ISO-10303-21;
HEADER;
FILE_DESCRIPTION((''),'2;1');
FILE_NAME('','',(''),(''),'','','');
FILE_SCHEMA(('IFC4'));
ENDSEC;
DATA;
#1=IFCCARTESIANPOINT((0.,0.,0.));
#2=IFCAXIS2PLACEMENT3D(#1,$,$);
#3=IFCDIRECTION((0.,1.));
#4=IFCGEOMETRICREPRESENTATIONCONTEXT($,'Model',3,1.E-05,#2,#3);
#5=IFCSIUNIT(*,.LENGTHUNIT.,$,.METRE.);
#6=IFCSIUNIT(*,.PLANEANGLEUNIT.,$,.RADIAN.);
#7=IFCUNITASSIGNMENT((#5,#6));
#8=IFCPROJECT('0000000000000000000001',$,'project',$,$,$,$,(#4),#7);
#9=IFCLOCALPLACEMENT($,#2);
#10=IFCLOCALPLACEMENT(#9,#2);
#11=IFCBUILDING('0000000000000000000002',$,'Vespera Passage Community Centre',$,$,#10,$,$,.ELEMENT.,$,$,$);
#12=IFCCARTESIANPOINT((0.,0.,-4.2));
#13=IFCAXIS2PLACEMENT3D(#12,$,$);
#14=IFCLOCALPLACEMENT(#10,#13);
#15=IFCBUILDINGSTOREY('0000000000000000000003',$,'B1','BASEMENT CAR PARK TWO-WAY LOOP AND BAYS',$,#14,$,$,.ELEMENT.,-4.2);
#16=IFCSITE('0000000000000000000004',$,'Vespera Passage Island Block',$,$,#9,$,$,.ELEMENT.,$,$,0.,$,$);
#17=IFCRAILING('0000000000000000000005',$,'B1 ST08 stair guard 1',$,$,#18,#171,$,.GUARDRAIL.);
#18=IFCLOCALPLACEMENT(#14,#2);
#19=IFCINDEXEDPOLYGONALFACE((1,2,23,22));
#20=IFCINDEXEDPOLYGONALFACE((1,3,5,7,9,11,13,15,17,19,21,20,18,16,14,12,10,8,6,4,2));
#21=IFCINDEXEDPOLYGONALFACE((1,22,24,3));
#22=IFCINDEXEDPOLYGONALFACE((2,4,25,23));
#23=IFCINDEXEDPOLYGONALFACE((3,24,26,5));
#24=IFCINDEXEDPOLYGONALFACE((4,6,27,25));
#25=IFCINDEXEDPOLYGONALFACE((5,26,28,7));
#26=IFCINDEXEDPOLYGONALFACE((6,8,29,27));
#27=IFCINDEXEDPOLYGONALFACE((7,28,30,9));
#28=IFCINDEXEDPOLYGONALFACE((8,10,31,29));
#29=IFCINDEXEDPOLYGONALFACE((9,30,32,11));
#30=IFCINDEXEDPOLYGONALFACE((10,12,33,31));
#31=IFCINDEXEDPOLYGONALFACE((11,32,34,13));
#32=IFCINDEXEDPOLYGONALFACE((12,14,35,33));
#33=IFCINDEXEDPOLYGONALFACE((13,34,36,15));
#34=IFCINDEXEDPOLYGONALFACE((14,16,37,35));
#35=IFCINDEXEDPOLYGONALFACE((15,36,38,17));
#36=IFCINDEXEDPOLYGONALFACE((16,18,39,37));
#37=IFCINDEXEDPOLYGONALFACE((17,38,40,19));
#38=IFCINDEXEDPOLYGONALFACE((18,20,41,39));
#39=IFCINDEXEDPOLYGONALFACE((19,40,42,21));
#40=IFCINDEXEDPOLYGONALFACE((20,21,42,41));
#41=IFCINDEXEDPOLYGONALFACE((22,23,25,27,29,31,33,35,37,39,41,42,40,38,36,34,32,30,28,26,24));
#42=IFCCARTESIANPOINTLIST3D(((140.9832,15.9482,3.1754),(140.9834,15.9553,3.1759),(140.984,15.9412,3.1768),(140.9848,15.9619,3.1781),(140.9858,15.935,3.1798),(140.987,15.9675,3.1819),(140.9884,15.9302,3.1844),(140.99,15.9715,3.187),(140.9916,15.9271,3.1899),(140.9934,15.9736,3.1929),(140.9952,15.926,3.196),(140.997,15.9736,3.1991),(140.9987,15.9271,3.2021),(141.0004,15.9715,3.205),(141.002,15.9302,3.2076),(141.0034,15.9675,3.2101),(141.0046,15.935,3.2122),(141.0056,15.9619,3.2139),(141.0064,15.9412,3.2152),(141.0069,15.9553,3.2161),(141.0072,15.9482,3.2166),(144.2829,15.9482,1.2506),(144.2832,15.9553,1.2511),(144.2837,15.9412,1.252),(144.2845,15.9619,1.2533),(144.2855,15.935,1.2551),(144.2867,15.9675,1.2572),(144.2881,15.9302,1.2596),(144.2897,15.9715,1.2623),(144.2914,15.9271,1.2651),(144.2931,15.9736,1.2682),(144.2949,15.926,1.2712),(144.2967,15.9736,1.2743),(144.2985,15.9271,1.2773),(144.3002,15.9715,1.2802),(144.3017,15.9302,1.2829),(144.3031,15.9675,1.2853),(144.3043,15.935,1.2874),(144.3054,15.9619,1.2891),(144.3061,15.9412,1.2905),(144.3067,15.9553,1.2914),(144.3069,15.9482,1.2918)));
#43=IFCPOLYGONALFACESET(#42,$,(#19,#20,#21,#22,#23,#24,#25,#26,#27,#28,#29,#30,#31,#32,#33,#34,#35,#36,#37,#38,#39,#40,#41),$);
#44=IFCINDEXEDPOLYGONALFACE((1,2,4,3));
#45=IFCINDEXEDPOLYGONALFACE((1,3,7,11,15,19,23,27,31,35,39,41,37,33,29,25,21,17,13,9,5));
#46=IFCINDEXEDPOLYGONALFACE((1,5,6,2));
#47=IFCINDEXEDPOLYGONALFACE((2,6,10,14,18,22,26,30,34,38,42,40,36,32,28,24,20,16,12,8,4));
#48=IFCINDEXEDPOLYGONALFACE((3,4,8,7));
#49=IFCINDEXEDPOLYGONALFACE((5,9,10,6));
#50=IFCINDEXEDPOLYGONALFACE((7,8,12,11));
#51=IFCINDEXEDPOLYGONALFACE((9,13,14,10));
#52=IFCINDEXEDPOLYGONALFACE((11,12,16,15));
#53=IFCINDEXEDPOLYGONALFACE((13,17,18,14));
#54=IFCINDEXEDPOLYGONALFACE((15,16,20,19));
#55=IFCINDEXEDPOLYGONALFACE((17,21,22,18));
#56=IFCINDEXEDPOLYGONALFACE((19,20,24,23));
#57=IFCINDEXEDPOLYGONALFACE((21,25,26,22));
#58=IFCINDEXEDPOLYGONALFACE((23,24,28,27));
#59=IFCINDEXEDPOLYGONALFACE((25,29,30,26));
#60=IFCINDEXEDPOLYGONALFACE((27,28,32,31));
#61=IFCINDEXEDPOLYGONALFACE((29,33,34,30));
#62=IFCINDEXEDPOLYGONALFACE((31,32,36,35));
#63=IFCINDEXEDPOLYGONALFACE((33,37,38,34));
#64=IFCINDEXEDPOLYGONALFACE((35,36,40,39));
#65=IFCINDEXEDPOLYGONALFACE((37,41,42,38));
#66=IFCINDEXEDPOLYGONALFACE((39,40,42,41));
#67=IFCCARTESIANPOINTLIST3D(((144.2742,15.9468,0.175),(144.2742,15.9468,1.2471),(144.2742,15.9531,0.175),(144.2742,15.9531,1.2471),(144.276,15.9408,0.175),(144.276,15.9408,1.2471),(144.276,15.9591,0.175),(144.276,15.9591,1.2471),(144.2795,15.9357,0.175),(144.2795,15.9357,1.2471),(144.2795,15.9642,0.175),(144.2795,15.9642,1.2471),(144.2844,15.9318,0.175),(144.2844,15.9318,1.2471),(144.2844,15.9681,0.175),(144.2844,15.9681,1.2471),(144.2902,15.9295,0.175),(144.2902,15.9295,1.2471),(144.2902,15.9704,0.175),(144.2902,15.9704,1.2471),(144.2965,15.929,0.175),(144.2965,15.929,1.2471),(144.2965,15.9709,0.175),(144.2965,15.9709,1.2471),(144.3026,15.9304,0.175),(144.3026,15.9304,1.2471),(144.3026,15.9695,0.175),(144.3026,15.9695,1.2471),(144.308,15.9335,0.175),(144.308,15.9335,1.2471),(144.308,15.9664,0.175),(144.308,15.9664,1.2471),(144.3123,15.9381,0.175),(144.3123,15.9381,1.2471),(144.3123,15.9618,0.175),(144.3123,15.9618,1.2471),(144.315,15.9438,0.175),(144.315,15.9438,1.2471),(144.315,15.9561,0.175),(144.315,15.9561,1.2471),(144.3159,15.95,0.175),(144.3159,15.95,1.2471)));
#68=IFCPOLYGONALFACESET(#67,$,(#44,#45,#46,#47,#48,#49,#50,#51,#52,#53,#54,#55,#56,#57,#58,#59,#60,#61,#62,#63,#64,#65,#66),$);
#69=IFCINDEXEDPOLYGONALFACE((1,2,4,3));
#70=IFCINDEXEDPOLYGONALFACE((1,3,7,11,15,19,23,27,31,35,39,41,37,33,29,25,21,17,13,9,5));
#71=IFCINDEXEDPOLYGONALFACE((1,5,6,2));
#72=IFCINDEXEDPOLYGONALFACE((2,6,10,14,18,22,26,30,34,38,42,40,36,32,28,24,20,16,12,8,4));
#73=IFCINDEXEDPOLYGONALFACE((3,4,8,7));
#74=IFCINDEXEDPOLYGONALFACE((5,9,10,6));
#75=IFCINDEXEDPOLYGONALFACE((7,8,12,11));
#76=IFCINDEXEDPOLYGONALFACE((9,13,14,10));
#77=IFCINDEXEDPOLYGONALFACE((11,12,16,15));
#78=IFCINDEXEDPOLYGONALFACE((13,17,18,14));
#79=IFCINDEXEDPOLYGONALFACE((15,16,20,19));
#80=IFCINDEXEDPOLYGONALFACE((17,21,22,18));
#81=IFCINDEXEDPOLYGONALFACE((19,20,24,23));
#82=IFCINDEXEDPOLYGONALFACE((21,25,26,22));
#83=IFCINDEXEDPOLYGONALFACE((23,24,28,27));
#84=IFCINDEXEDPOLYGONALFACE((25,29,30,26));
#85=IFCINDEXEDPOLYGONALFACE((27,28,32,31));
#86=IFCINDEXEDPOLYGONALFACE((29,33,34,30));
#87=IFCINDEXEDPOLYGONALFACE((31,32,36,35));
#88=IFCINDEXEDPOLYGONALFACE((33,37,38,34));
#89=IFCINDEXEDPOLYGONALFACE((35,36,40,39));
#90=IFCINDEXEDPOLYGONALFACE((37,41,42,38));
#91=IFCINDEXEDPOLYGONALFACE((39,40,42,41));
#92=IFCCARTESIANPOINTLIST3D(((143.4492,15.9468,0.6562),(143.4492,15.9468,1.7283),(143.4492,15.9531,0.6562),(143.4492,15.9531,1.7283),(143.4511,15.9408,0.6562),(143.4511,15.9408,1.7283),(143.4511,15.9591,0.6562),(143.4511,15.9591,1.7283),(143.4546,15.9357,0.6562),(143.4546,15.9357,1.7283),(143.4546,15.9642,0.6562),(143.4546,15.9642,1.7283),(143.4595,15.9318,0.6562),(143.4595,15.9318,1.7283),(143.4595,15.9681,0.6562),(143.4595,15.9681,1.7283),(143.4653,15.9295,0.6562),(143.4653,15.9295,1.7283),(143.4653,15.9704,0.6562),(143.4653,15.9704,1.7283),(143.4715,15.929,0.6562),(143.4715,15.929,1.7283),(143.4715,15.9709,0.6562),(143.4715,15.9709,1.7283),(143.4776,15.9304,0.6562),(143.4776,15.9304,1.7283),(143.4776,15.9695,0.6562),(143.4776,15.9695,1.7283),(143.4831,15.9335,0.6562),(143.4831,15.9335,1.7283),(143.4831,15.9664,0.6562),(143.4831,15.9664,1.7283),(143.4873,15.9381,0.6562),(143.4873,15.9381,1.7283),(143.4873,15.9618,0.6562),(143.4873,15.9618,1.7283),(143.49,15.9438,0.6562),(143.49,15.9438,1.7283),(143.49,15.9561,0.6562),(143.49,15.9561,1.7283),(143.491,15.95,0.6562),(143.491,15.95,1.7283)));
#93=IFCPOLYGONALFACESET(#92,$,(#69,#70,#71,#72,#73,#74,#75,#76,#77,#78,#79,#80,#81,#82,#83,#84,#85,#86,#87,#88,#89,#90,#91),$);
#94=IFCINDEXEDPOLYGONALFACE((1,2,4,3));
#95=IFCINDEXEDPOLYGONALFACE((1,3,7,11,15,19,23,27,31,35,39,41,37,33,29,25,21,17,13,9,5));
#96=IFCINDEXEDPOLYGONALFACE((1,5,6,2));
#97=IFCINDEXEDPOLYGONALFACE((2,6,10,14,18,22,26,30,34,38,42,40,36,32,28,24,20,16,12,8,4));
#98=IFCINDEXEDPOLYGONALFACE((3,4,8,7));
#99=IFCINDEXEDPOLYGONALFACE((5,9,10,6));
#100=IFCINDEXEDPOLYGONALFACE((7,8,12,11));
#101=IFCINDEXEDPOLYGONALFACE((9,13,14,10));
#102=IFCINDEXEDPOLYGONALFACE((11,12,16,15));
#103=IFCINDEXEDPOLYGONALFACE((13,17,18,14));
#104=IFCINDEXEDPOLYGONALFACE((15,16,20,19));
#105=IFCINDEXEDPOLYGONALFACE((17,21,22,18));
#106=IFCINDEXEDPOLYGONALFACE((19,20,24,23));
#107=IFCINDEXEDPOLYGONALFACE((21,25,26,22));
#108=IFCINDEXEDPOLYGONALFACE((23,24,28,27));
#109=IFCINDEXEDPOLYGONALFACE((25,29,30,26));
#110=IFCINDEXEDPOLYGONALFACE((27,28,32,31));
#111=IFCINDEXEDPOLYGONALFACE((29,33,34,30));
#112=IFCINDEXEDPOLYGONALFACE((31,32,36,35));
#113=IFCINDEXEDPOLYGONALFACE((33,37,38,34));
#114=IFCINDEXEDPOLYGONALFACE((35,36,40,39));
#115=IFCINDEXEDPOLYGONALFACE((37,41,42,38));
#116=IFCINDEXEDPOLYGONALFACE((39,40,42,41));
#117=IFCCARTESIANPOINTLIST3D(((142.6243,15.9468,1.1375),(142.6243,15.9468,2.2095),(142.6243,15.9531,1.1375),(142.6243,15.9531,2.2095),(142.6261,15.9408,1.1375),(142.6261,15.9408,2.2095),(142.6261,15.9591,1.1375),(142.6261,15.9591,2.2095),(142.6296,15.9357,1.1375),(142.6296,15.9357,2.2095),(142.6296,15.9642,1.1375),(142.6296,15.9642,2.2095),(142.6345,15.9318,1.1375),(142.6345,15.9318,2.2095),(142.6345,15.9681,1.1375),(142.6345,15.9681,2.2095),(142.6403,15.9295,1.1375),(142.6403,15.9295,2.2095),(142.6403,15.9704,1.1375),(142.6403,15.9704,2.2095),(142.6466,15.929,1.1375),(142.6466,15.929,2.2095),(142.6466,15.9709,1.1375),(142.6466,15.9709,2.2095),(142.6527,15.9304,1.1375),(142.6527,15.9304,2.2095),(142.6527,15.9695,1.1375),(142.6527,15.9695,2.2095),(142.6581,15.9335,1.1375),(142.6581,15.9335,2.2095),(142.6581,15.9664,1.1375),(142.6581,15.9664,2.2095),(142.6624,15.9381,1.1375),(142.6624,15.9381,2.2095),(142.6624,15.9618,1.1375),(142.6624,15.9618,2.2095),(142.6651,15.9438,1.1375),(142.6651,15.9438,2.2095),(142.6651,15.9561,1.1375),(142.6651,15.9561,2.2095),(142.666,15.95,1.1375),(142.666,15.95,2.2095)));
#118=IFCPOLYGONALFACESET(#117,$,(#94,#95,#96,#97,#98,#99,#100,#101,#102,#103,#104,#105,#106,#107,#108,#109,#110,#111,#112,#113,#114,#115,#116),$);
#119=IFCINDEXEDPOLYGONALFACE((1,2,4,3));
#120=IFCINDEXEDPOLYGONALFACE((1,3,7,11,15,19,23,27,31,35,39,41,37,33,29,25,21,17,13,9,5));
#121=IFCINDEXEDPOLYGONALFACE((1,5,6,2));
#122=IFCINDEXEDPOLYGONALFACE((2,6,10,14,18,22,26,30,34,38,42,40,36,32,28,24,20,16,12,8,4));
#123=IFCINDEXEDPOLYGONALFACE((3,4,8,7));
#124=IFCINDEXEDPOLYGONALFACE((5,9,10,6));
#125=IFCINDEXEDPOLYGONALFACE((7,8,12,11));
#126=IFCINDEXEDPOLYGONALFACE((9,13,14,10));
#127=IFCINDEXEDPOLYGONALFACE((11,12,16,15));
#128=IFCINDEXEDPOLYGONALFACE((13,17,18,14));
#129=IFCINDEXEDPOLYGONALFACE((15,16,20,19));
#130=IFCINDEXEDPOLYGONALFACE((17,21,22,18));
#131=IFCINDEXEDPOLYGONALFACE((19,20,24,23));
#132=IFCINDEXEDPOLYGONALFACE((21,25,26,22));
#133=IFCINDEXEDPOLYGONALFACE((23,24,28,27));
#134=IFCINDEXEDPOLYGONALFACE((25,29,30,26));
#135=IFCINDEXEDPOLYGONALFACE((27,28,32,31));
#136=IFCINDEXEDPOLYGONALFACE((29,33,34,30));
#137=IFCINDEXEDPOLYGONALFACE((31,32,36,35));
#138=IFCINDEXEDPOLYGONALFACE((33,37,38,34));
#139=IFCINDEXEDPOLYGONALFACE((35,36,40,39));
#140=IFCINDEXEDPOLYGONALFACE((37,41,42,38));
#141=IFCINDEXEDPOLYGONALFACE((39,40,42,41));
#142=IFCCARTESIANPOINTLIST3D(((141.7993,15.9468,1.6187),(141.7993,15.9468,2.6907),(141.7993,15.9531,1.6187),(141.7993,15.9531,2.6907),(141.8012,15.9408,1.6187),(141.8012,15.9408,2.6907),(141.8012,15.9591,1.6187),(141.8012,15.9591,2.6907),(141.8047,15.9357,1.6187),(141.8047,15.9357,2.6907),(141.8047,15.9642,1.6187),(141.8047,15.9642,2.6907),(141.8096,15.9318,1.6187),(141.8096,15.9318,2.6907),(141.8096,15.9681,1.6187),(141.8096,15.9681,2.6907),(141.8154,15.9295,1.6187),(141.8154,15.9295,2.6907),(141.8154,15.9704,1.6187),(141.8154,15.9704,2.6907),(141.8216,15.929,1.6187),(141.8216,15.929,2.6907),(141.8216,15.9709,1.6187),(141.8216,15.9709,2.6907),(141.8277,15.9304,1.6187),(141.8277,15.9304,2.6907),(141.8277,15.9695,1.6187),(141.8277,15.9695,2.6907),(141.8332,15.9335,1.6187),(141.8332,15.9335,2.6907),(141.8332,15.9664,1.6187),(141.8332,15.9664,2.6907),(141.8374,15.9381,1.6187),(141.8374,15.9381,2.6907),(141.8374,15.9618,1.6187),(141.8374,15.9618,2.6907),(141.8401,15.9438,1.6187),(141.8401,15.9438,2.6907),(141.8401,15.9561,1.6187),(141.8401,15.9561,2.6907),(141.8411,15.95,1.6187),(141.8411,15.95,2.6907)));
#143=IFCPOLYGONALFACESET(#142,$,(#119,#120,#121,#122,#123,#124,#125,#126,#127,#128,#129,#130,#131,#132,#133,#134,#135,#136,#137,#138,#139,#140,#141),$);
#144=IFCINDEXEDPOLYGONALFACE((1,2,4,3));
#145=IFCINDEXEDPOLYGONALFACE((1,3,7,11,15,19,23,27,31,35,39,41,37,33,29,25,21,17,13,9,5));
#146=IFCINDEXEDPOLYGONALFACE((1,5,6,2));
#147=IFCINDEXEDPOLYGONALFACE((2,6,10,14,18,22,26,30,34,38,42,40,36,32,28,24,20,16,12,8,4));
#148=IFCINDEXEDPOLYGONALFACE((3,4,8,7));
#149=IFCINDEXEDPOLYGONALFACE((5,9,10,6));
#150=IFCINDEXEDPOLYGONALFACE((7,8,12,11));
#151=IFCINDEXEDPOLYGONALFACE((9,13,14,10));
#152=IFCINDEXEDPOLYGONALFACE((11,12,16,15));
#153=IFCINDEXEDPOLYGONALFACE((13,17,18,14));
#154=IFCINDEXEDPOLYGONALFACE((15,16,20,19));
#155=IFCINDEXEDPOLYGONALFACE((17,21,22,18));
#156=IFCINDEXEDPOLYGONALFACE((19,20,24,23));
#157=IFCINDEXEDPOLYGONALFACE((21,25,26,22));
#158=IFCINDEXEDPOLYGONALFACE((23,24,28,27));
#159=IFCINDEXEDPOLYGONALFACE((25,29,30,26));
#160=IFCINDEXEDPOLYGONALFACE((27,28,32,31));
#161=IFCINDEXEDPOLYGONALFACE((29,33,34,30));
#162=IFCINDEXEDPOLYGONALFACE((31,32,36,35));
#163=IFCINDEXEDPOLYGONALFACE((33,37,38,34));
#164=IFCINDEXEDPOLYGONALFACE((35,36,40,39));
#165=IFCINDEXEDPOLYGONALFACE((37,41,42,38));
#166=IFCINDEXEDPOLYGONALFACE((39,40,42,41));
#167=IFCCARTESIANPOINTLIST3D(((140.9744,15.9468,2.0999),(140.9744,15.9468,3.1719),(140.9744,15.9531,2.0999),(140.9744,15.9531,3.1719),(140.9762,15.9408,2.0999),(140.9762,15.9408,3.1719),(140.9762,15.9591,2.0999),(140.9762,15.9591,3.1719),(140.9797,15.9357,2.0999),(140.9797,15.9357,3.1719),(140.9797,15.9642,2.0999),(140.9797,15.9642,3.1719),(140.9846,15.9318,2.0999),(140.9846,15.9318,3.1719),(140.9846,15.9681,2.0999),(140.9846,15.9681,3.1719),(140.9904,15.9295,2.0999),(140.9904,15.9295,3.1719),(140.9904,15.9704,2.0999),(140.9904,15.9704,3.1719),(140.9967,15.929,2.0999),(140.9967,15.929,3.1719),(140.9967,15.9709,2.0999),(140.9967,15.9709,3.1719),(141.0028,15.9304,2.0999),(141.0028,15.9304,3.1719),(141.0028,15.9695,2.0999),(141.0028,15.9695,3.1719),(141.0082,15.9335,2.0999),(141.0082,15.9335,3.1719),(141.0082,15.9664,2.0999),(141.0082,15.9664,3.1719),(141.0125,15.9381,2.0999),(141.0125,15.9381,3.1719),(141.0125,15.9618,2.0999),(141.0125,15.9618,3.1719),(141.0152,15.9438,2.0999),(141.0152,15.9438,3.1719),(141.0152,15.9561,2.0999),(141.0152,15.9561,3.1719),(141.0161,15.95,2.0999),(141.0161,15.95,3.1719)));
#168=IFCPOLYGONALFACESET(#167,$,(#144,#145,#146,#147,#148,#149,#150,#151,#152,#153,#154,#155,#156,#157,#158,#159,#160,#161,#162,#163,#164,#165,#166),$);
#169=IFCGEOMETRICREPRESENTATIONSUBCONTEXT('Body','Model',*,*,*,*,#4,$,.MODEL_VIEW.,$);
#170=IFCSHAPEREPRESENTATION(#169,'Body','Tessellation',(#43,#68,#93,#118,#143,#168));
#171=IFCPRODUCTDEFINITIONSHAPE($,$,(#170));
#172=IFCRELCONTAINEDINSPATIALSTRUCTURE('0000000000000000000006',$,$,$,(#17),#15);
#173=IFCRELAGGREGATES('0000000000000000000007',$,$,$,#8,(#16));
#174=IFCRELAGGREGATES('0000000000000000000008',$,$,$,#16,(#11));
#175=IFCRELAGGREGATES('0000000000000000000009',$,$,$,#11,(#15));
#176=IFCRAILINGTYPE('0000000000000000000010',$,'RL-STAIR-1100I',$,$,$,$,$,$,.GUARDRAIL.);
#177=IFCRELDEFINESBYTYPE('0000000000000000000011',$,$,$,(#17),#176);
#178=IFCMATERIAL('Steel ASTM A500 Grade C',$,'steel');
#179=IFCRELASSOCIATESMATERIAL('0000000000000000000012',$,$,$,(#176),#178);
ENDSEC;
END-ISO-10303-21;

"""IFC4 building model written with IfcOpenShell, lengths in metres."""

from ifc_helpers import new_model, si_unit, direction, frame, origin, origin_2d, place, context, subcontext, project, spatial, circle, extrude, material, type_object, element, save


model = new_model("IFC4")

# Units and contexts
model_context = context("Model", 3, precision=1e-05, world=origin(), true_north=direction((0.0, 1.0)))
body_context = subcontext(model_context, "Body", "Model", "MODEL_VIEW")
ifc_project = project(units=[si_unit("LENGTHUNIT", "METRE"), si_unit("PLANEANGLEUNIT", "RADIAN")], contexts=[model_context])

# Site, building, storey
site_placement = place(None, origin())
site = spatial("IfcSite", under=ifc_project, at=site_placement, Name="Vespera Passage Island Block", CompositionType="ELEMENT", RefElevation=0.0)
building_placement = place(site_placement, origin())
building = spatial("IfcBuilding", under=site, at=building_placement, Name="Vespera Passage Community Centre", CompositionType="ELEMENT")
storey_placement = place(building_placement, frame((0.0, 0.0, -4.2)))
storey = spatial("IfcBuildingStorey", under=building, at=storey_placement, Name="B1", Description="BASEMENT CAR PARK TWO-WAY LOOP AND BAYS", CompositionType="ELEMENT", Elevation=-4.2)

# Railing
ifc_material_1 = material(Name="Steel ASTM A500 Grade C", Category="steel")
railing_type_1 = type_object("IfcRailingType", Name="RL-STAIR-1100I", PredefinedType="GUARDRAIL", material=ifc_material_1)
railing_1_placement = place(storey_placement, frame((144.2949, 15.95, 0.175)))
element("IfcRailing", 1, at=railing_1_placement, inside=storey, type_object=railing_type_1, Name="B1 ST08 stair guard 1", PredefinedType="GUARDRAIL", context=body_context, shape_type="SweptSolid", body=[
    extrude(circle(Radius=0.0239, at=origin_2d()), frame((0.0, 0.0, 1.0962), z_axis=(-0.863788, 0.0, 0.503855), x_axis=(0.0, -1.0, 0.0)), (0.0, 0.0, 1.0), 3.8201),
    extrude(circle(Radius=0.021, at=origin_2d()), origin(), (0.0, 0.0, 1.0), 1.072),
    extrude(circle(Radius=0.021, at=origin_2d()), frame((-0.825, 0.0, 0.4812)), (0.0, 0.0, 1.0), 1.072),
    extrude(circle(Radius=0.021, at=origin_2d()), frame((-1.6499, 0.0, 0.9624)), (0.0, 0.0, 1.0), 1.072),
    extrude(circle(Radius=0.021, at=origin_2d()), frame((-2.4749, 0.0, 1.4436)), (0.0, 0.0, 1.0), 1.072),
    extrude(circle(Radius=0.021, at=origin_2d()), frame((-3.2998, 0.0, 1.9248)), (0.0, 0.0, 1.0), 1.072),
])

save(model, "model.ifc")
